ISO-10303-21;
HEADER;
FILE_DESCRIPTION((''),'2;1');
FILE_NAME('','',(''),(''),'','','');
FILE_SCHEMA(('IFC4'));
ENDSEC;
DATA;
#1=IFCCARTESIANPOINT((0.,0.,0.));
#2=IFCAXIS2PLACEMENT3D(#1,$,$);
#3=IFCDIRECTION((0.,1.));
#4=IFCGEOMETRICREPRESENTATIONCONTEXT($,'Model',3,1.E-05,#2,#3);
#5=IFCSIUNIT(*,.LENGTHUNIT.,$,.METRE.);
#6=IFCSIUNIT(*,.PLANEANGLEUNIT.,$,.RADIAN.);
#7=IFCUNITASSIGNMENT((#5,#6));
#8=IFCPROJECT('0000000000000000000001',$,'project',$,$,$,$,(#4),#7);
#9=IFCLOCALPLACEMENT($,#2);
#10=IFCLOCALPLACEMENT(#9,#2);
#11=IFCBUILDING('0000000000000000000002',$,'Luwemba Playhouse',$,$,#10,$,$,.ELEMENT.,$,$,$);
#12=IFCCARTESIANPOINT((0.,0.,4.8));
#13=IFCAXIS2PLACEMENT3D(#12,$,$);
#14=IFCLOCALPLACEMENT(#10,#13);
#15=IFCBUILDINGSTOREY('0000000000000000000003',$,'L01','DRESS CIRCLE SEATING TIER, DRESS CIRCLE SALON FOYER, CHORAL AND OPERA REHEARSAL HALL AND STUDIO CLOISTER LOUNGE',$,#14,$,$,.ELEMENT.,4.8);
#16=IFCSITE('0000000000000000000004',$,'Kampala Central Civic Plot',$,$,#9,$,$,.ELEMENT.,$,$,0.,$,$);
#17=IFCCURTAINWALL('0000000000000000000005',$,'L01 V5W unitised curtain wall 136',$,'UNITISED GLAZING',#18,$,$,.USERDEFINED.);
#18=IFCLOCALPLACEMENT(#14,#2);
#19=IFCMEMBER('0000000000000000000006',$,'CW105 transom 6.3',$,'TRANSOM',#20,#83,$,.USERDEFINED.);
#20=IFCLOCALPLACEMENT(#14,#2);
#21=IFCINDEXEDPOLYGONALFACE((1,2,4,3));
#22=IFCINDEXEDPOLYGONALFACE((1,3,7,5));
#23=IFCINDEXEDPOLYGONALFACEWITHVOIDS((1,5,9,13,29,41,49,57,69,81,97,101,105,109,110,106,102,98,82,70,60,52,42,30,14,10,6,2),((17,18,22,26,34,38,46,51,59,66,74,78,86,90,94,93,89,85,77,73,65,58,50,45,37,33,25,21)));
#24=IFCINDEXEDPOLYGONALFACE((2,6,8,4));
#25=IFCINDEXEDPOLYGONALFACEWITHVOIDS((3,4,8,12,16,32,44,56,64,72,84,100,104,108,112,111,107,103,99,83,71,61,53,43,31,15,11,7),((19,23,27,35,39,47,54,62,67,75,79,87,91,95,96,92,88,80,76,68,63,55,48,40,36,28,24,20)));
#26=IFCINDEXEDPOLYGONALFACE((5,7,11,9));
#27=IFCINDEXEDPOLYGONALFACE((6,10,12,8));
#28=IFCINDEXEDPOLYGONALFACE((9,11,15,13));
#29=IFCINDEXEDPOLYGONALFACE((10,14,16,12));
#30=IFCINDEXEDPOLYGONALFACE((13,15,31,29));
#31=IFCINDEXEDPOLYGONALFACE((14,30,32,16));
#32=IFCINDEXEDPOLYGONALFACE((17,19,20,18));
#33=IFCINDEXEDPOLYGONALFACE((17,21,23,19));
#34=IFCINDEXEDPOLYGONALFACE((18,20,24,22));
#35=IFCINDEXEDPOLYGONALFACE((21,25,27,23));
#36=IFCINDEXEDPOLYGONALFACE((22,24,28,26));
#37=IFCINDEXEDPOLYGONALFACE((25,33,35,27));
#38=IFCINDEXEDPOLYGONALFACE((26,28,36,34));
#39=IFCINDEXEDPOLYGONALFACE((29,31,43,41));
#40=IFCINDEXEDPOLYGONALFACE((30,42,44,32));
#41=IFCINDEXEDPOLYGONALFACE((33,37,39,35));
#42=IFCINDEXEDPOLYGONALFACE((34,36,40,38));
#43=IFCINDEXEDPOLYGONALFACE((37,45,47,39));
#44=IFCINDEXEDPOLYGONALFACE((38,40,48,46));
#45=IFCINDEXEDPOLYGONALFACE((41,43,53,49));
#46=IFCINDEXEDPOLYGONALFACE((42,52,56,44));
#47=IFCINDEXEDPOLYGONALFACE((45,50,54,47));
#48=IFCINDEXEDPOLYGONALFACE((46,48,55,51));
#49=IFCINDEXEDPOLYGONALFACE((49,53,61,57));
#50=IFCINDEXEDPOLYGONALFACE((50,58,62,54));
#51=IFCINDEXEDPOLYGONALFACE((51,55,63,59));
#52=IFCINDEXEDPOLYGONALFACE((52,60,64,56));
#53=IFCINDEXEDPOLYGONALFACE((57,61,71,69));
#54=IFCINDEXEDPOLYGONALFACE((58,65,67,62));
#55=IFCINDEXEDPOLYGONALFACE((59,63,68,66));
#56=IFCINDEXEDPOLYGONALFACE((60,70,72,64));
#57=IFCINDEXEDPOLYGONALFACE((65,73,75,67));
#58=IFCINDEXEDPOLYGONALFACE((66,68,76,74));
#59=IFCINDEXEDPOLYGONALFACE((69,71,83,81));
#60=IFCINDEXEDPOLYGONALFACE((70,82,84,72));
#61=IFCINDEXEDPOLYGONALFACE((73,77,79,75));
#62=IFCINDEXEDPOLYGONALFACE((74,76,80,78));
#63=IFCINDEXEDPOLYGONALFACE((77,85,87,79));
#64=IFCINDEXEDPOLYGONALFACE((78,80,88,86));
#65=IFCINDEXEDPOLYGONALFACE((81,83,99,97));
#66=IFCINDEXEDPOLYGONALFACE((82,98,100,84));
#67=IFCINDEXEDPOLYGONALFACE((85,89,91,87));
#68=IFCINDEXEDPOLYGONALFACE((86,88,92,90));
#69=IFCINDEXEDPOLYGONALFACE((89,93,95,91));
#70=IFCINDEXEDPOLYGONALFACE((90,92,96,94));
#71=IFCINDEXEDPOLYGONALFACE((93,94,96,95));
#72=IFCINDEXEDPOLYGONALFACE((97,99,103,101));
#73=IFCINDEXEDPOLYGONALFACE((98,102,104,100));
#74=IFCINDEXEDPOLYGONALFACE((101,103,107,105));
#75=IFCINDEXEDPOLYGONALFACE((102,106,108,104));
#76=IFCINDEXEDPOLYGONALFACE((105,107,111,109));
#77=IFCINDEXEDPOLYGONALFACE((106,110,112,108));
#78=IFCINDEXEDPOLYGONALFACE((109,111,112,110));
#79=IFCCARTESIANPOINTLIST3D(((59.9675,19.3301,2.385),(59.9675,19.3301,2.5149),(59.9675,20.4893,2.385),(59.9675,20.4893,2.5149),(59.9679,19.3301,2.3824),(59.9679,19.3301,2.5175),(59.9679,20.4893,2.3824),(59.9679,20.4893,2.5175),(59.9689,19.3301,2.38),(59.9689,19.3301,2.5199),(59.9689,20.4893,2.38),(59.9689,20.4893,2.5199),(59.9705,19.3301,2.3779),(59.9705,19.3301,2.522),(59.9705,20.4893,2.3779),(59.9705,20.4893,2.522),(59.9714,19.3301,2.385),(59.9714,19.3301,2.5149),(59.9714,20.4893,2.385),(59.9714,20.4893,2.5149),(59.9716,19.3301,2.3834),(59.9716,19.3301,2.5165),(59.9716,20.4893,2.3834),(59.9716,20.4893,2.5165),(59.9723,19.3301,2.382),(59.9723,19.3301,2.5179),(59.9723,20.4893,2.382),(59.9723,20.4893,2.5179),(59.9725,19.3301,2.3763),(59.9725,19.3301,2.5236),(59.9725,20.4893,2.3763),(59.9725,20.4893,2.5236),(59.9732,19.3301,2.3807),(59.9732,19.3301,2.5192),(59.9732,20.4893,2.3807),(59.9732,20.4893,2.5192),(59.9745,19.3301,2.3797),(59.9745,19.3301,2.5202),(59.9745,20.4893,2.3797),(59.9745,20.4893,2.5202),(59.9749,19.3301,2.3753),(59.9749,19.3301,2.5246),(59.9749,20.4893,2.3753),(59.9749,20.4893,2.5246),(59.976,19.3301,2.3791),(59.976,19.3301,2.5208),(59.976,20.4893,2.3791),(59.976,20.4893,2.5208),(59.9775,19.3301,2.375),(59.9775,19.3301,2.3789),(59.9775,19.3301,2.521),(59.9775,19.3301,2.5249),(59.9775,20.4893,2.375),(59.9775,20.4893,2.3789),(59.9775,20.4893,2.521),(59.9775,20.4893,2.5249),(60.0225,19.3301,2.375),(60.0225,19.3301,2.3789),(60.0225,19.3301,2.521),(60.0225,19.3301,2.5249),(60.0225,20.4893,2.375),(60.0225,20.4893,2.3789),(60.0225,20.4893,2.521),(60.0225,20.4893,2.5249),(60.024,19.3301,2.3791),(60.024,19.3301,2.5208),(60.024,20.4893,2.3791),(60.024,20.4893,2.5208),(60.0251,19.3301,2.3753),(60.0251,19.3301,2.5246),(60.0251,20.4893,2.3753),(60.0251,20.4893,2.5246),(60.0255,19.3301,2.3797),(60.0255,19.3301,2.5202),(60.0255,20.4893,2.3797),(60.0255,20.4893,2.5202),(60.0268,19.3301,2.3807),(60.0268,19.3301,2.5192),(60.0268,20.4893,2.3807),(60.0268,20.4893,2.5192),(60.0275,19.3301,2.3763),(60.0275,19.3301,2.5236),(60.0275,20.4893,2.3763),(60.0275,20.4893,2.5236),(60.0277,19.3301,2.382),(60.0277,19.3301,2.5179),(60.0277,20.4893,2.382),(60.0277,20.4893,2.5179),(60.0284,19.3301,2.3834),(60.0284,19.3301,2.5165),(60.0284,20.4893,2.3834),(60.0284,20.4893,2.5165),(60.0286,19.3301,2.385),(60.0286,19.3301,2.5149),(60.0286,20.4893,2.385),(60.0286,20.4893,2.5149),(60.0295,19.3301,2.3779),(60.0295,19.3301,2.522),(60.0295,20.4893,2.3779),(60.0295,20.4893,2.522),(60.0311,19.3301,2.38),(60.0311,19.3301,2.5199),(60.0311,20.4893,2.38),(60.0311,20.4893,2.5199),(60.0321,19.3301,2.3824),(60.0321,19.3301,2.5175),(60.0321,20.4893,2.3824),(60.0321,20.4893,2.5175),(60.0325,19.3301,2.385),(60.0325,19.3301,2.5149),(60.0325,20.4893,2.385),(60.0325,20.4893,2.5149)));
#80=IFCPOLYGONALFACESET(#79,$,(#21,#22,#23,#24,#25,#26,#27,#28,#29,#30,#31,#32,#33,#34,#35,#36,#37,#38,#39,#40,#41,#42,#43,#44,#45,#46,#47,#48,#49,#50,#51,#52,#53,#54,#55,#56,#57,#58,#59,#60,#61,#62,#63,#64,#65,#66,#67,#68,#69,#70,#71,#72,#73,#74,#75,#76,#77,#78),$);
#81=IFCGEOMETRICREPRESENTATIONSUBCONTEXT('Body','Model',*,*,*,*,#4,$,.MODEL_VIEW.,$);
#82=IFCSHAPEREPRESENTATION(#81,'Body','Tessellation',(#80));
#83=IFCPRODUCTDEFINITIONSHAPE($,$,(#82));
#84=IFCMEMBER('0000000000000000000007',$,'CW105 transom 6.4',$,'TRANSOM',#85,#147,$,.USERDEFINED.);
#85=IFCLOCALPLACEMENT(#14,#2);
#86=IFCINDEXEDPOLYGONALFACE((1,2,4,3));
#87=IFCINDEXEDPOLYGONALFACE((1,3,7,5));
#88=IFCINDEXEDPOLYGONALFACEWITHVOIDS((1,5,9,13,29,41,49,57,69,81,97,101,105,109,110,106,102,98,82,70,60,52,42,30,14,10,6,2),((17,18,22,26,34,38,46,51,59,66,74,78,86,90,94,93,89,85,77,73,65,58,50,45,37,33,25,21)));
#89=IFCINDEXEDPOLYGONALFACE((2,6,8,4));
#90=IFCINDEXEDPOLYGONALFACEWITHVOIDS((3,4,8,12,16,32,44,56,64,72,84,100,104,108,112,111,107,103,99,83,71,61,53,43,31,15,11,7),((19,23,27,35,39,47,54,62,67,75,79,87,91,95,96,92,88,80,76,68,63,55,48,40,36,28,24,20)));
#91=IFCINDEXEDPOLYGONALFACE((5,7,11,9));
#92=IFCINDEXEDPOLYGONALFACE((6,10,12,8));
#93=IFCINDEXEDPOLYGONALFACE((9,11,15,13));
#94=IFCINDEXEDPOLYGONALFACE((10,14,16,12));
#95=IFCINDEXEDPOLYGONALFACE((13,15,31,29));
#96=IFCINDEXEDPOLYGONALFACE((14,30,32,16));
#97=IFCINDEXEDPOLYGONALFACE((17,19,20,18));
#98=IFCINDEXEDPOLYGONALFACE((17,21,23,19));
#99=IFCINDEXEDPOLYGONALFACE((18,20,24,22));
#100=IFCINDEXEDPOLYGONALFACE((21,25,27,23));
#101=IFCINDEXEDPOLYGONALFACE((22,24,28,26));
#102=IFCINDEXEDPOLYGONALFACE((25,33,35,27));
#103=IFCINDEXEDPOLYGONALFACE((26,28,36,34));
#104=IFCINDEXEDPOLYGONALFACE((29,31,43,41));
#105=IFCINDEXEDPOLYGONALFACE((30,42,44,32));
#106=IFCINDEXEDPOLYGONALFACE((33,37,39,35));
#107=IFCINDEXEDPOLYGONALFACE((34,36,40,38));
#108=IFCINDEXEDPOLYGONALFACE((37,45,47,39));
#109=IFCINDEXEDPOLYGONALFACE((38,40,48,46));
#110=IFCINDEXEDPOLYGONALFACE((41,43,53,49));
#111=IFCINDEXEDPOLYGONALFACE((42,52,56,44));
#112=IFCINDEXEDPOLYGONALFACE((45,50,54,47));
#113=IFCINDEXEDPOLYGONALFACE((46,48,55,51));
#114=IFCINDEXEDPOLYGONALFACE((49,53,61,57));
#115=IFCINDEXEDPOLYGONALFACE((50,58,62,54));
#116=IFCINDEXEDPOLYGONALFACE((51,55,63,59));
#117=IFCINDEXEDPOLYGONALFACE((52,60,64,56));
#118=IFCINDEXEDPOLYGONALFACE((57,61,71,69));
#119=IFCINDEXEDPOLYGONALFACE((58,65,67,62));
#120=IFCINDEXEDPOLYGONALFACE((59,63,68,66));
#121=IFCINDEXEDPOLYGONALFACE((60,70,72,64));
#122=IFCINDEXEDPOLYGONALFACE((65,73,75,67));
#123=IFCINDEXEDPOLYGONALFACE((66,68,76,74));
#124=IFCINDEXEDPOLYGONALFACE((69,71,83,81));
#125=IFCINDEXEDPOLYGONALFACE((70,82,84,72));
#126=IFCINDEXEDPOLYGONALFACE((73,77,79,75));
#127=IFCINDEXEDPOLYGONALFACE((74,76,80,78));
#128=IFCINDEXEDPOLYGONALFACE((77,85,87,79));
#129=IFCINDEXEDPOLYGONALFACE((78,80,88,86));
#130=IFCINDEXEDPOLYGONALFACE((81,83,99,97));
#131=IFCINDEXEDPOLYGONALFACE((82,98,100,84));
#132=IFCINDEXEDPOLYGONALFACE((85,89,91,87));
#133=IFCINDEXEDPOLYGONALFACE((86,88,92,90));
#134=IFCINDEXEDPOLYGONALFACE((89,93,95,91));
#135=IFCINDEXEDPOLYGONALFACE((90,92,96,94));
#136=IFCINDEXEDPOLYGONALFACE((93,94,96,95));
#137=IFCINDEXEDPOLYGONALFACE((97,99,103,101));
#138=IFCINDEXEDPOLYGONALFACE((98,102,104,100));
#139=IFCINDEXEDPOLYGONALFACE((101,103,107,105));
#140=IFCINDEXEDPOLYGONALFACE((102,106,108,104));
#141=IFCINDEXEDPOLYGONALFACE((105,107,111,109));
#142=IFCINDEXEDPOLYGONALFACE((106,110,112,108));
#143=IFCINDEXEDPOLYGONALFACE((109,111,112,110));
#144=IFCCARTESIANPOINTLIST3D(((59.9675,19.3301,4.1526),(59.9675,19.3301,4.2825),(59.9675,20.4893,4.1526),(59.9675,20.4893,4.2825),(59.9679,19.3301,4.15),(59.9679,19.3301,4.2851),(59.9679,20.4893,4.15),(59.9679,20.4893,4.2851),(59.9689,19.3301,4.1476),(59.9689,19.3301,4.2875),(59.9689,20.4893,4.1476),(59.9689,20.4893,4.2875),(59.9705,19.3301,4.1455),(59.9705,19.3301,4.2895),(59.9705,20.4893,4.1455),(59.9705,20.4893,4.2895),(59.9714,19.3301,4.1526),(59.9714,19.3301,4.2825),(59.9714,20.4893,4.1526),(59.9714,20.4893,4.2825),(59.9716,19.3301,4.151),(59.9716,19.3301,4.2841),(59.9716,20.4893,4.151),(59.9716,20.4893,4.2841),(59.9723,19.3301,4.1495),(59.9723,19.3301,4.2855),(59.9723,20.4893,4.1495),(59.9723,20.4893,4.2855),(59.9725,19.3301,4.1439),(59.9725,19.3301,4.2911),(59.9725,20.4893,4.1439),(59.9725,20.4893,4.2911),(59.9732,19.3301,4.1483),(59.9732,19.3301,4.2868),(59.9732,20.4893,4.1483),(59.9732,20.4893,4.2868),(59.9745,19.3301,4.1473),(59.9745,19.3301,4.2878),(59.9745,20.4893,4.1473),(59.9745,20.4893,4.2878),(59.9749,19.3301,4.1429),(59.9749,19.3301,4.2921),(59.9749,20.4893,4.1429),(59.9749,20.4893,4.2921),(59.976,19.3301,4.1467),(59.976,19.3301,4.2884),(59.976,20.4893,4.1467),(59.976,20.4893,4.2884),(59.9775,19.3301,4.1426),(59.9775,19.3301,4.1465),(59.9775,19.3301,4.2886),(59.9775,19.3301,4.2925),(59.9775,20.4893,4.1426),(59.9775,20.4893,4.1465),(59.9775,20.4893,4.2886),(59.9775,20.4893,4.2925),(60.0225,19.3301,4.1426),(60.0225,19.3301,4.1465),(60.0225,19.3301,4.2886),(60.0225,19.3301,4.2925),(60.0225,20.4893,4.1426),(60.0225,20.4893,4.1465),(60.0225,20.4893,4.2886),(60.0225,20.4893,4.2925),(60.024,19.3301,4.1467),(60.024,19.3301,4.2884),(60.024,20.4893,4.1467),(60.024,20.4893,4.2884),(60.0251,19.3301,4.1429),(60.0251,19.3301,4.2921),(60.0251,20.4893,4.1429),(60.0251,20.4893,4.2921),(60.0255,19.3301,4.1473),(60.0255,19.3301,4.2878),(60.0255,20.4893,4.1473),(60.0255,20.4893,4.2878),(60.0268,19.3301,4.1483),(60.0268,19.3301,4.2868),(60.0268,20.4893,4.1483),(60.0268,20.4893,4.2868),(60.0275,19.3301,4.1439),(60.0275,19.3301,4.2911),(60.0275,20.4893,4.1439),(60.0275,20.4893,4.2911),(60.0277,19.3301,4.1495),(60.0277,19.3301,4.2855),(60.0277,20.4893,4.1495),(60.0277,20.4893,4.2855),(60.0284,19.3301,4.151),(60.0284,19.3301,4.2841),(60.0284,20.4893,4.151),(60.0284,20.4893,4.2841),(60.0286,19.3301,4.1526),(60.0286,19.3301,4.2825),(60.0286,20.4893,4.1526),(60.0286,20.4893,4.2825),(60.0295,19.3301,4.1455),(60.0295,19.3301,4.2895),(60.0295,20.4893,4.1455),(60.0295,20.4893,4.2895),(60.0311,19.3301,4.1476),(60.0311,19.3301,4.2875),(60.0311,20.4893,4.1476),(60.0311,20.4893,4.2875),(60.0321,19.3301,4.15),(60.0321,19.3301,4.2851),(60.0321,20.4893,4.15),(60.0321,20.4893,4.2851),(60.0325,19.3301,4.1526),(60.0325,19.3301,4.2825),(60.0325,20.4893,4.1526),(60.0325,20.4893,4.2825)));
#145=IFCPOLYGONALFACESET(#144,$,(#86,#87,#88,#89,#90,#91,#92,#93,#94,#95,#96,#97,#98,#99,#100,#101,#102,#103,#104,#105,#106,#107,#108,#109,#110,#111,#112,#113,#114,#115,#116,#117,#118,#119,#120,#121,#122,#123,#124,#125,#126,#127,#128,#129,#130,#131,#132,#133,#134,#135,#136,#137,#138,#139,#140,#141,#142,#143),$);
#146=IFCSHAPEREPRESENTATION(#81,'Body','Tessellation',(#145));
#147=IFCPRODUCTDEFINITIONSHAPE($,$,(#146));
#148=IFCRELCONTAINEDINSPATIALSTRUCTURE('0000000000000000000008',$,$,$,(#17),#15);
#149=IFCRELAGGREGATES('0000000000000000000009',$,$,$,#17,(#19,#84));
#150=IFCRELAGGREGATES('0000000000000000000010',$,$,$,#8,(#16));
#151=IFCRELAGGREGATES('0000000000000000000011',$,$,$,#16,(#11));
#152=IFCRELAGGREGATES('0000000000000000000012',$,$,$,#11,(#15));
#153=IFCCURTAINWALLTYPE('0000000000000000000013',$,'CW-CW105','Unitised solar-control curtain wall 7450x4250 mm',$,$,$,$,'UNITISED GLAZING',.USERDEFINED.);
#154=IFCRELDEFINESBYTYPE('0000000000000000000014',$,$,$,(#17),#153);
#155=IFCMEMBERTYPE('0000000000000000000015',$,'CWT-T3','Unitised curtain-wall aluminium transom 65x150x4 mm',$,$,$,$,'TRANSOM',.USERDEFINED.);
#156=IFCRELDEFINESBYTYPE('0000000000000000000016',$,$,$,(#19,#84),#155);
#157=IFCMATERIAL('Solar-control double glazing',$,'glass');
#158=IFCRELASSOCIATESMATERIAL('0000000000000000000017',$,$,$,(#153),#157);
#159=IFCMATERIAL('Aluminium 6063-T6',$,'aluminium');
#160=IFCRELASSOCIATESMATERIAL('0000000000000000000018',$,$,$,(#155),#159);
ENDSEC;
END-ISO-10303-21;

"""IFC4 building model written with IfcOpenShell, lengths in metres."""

from ifc_helpers import new_model, si_unit, direction, frame, origin, origin_2d, place, context, subcontext, project, spatial, hollow_rectangle, extrude, material, material_profile, profile_set, type_object, element, aggregate, save


model = new_model("IFC4")

# Units and contexts
model_context = context("Model", 3, precision=1e-05, world=origin(), true_north=direction((0.0, 1.0)))
body_context = subcontext(model_context, "Body", "Model", "MODEL_VIEW")
ifc_project = project(units=[si_unit("LENGTHUNIT", "METRE"), si_unit("PLANEANGLEUNIT", "RADIAN")], contexts=[model_context])

# Site, building, storey
site_placement = place(None, origin())
site = spatial("IfcSite", under=ifc_project, at=site_placement, Name="Kampala Central Civic Plot", CompositionType="ELEMENT", RefElevation=0.0)
building_placement = place(site_placement, origin())
building = spatial("IfcBuilding", under=site, at=building_placement, Name="Luwemba Playhouse", CompositionType="ELEMENT")
storey_placement = place(building_placement, frame((0.0, 0.0, 4.8)))
storey = spatial("IfcBuildingStorey", under=building, at=storey_placement, Name="L01", Description="DRESS CIRCLE SEATING TIER, DRESS CIRCLE SALON FOYER, CHORAL AND OPERA REHEARSAL HALL AND STUDIO CLOISTER LOUNGE", CompositionType="ELEMENT", Elevation=4.8)

# Curtain wall
ifc_material_1 = material(Name="Solar-control double glazing", Category="glass")
curtain_wall_type_1 = type_object("IfcCurtainWallType", Name="CW-CW105", Description="Unitised solar-control curtain wall 7450x4250 mm", ElementType="UNITISED GLAZING", PredefinedType="USERDEFINED", material=ifc_material_1)
curtain_wall_1_placement = place(storey_placement, origin())
curtain_wall_1 = element("IfcCurtainWall", 1, at=curtain_wall_1_placement, inside=storey, type_object=curtain_wall_type_1, Name="L01 V5W unitised curtain wall 136", ObjectType="UNITISED GLAZING", PredefinedType="USERDEFINED")
ifc_material_2 = material(Name="Aluminium 6063-T6", Category="aluminium")

# Members
ifc_material_profile_1 = material_profile(ifc_material_2, hollow_rectangle(XDim=0.0649, YDim=0.1499, WallThickness=0.0039, InnerFilletRadius=0.0061, OuterFilletRadius=0.01, at=origin_2d()))
ifc_profile_set_1 = profile_set([ifc_material_profile_1], Name="Aluminium 6063-T6")
member_type_1 = type_object("IfcMemberType", Name="CWT-T3", Description="Unitised curtain-wall aluminium transom 65x150x4 mm", ElementType="TRANSOM", PredefinedType="USERDEFINED", material=ifc_profile_set_1)
member_1_placement = place(storey_placement, frame((60.0, 20.4893, 2.45), z_axis=(0.0, -1.0, 0.0), x_axis=(1.0, 0.0, 0.0)))
member_1 = element("IfcMember", 2, at=member_1_placement, type_object=member_type_1, Name="CW105 transom 6.3", ObjectType="TRANSOM", PredefinedType="USERDEFINED", context=body_context, shape_type="SweptSolid", body=[
    extrude(hollow_rectangle(XDim=0.0649, YDim=0.1499, WallThickness=0.0039, InnerFilletRadius=0.0061, OuterFilletRadius=0.01, at=origin_2d()), origin(), (0.0, 0.0, 1.0), 1.1592),
])
member_2_placement = place(storey_placement, frame((60.0, 20.4893, 4.2175), z_axis=(0.0, -1.0, 0.0), x_axis=(1.0, 0.0, 0.0)))
member_2 = element("IfcMember", 3, at=member_2_placement, type_object=member_type_1, Name="CW105 transom 6.4", ObjectType="TRANSOM", PredefinedType="USERDEFINED", context=body_context, shape_type="SweptSolid", body=[
    extrude(hollow_rectangle(XDim=0.0649, YDim=0.1499, WallThickness=0.0039, InnerFilletRadius=0.0061, OuterFilletRadius=0.01, at=origin_2d()), origin(), (0.0, 0.0, 1.0), 1.1592),
])

aggregate(curtain_wall_1, [member_1, member_2])

save(model, "model.ifc")
